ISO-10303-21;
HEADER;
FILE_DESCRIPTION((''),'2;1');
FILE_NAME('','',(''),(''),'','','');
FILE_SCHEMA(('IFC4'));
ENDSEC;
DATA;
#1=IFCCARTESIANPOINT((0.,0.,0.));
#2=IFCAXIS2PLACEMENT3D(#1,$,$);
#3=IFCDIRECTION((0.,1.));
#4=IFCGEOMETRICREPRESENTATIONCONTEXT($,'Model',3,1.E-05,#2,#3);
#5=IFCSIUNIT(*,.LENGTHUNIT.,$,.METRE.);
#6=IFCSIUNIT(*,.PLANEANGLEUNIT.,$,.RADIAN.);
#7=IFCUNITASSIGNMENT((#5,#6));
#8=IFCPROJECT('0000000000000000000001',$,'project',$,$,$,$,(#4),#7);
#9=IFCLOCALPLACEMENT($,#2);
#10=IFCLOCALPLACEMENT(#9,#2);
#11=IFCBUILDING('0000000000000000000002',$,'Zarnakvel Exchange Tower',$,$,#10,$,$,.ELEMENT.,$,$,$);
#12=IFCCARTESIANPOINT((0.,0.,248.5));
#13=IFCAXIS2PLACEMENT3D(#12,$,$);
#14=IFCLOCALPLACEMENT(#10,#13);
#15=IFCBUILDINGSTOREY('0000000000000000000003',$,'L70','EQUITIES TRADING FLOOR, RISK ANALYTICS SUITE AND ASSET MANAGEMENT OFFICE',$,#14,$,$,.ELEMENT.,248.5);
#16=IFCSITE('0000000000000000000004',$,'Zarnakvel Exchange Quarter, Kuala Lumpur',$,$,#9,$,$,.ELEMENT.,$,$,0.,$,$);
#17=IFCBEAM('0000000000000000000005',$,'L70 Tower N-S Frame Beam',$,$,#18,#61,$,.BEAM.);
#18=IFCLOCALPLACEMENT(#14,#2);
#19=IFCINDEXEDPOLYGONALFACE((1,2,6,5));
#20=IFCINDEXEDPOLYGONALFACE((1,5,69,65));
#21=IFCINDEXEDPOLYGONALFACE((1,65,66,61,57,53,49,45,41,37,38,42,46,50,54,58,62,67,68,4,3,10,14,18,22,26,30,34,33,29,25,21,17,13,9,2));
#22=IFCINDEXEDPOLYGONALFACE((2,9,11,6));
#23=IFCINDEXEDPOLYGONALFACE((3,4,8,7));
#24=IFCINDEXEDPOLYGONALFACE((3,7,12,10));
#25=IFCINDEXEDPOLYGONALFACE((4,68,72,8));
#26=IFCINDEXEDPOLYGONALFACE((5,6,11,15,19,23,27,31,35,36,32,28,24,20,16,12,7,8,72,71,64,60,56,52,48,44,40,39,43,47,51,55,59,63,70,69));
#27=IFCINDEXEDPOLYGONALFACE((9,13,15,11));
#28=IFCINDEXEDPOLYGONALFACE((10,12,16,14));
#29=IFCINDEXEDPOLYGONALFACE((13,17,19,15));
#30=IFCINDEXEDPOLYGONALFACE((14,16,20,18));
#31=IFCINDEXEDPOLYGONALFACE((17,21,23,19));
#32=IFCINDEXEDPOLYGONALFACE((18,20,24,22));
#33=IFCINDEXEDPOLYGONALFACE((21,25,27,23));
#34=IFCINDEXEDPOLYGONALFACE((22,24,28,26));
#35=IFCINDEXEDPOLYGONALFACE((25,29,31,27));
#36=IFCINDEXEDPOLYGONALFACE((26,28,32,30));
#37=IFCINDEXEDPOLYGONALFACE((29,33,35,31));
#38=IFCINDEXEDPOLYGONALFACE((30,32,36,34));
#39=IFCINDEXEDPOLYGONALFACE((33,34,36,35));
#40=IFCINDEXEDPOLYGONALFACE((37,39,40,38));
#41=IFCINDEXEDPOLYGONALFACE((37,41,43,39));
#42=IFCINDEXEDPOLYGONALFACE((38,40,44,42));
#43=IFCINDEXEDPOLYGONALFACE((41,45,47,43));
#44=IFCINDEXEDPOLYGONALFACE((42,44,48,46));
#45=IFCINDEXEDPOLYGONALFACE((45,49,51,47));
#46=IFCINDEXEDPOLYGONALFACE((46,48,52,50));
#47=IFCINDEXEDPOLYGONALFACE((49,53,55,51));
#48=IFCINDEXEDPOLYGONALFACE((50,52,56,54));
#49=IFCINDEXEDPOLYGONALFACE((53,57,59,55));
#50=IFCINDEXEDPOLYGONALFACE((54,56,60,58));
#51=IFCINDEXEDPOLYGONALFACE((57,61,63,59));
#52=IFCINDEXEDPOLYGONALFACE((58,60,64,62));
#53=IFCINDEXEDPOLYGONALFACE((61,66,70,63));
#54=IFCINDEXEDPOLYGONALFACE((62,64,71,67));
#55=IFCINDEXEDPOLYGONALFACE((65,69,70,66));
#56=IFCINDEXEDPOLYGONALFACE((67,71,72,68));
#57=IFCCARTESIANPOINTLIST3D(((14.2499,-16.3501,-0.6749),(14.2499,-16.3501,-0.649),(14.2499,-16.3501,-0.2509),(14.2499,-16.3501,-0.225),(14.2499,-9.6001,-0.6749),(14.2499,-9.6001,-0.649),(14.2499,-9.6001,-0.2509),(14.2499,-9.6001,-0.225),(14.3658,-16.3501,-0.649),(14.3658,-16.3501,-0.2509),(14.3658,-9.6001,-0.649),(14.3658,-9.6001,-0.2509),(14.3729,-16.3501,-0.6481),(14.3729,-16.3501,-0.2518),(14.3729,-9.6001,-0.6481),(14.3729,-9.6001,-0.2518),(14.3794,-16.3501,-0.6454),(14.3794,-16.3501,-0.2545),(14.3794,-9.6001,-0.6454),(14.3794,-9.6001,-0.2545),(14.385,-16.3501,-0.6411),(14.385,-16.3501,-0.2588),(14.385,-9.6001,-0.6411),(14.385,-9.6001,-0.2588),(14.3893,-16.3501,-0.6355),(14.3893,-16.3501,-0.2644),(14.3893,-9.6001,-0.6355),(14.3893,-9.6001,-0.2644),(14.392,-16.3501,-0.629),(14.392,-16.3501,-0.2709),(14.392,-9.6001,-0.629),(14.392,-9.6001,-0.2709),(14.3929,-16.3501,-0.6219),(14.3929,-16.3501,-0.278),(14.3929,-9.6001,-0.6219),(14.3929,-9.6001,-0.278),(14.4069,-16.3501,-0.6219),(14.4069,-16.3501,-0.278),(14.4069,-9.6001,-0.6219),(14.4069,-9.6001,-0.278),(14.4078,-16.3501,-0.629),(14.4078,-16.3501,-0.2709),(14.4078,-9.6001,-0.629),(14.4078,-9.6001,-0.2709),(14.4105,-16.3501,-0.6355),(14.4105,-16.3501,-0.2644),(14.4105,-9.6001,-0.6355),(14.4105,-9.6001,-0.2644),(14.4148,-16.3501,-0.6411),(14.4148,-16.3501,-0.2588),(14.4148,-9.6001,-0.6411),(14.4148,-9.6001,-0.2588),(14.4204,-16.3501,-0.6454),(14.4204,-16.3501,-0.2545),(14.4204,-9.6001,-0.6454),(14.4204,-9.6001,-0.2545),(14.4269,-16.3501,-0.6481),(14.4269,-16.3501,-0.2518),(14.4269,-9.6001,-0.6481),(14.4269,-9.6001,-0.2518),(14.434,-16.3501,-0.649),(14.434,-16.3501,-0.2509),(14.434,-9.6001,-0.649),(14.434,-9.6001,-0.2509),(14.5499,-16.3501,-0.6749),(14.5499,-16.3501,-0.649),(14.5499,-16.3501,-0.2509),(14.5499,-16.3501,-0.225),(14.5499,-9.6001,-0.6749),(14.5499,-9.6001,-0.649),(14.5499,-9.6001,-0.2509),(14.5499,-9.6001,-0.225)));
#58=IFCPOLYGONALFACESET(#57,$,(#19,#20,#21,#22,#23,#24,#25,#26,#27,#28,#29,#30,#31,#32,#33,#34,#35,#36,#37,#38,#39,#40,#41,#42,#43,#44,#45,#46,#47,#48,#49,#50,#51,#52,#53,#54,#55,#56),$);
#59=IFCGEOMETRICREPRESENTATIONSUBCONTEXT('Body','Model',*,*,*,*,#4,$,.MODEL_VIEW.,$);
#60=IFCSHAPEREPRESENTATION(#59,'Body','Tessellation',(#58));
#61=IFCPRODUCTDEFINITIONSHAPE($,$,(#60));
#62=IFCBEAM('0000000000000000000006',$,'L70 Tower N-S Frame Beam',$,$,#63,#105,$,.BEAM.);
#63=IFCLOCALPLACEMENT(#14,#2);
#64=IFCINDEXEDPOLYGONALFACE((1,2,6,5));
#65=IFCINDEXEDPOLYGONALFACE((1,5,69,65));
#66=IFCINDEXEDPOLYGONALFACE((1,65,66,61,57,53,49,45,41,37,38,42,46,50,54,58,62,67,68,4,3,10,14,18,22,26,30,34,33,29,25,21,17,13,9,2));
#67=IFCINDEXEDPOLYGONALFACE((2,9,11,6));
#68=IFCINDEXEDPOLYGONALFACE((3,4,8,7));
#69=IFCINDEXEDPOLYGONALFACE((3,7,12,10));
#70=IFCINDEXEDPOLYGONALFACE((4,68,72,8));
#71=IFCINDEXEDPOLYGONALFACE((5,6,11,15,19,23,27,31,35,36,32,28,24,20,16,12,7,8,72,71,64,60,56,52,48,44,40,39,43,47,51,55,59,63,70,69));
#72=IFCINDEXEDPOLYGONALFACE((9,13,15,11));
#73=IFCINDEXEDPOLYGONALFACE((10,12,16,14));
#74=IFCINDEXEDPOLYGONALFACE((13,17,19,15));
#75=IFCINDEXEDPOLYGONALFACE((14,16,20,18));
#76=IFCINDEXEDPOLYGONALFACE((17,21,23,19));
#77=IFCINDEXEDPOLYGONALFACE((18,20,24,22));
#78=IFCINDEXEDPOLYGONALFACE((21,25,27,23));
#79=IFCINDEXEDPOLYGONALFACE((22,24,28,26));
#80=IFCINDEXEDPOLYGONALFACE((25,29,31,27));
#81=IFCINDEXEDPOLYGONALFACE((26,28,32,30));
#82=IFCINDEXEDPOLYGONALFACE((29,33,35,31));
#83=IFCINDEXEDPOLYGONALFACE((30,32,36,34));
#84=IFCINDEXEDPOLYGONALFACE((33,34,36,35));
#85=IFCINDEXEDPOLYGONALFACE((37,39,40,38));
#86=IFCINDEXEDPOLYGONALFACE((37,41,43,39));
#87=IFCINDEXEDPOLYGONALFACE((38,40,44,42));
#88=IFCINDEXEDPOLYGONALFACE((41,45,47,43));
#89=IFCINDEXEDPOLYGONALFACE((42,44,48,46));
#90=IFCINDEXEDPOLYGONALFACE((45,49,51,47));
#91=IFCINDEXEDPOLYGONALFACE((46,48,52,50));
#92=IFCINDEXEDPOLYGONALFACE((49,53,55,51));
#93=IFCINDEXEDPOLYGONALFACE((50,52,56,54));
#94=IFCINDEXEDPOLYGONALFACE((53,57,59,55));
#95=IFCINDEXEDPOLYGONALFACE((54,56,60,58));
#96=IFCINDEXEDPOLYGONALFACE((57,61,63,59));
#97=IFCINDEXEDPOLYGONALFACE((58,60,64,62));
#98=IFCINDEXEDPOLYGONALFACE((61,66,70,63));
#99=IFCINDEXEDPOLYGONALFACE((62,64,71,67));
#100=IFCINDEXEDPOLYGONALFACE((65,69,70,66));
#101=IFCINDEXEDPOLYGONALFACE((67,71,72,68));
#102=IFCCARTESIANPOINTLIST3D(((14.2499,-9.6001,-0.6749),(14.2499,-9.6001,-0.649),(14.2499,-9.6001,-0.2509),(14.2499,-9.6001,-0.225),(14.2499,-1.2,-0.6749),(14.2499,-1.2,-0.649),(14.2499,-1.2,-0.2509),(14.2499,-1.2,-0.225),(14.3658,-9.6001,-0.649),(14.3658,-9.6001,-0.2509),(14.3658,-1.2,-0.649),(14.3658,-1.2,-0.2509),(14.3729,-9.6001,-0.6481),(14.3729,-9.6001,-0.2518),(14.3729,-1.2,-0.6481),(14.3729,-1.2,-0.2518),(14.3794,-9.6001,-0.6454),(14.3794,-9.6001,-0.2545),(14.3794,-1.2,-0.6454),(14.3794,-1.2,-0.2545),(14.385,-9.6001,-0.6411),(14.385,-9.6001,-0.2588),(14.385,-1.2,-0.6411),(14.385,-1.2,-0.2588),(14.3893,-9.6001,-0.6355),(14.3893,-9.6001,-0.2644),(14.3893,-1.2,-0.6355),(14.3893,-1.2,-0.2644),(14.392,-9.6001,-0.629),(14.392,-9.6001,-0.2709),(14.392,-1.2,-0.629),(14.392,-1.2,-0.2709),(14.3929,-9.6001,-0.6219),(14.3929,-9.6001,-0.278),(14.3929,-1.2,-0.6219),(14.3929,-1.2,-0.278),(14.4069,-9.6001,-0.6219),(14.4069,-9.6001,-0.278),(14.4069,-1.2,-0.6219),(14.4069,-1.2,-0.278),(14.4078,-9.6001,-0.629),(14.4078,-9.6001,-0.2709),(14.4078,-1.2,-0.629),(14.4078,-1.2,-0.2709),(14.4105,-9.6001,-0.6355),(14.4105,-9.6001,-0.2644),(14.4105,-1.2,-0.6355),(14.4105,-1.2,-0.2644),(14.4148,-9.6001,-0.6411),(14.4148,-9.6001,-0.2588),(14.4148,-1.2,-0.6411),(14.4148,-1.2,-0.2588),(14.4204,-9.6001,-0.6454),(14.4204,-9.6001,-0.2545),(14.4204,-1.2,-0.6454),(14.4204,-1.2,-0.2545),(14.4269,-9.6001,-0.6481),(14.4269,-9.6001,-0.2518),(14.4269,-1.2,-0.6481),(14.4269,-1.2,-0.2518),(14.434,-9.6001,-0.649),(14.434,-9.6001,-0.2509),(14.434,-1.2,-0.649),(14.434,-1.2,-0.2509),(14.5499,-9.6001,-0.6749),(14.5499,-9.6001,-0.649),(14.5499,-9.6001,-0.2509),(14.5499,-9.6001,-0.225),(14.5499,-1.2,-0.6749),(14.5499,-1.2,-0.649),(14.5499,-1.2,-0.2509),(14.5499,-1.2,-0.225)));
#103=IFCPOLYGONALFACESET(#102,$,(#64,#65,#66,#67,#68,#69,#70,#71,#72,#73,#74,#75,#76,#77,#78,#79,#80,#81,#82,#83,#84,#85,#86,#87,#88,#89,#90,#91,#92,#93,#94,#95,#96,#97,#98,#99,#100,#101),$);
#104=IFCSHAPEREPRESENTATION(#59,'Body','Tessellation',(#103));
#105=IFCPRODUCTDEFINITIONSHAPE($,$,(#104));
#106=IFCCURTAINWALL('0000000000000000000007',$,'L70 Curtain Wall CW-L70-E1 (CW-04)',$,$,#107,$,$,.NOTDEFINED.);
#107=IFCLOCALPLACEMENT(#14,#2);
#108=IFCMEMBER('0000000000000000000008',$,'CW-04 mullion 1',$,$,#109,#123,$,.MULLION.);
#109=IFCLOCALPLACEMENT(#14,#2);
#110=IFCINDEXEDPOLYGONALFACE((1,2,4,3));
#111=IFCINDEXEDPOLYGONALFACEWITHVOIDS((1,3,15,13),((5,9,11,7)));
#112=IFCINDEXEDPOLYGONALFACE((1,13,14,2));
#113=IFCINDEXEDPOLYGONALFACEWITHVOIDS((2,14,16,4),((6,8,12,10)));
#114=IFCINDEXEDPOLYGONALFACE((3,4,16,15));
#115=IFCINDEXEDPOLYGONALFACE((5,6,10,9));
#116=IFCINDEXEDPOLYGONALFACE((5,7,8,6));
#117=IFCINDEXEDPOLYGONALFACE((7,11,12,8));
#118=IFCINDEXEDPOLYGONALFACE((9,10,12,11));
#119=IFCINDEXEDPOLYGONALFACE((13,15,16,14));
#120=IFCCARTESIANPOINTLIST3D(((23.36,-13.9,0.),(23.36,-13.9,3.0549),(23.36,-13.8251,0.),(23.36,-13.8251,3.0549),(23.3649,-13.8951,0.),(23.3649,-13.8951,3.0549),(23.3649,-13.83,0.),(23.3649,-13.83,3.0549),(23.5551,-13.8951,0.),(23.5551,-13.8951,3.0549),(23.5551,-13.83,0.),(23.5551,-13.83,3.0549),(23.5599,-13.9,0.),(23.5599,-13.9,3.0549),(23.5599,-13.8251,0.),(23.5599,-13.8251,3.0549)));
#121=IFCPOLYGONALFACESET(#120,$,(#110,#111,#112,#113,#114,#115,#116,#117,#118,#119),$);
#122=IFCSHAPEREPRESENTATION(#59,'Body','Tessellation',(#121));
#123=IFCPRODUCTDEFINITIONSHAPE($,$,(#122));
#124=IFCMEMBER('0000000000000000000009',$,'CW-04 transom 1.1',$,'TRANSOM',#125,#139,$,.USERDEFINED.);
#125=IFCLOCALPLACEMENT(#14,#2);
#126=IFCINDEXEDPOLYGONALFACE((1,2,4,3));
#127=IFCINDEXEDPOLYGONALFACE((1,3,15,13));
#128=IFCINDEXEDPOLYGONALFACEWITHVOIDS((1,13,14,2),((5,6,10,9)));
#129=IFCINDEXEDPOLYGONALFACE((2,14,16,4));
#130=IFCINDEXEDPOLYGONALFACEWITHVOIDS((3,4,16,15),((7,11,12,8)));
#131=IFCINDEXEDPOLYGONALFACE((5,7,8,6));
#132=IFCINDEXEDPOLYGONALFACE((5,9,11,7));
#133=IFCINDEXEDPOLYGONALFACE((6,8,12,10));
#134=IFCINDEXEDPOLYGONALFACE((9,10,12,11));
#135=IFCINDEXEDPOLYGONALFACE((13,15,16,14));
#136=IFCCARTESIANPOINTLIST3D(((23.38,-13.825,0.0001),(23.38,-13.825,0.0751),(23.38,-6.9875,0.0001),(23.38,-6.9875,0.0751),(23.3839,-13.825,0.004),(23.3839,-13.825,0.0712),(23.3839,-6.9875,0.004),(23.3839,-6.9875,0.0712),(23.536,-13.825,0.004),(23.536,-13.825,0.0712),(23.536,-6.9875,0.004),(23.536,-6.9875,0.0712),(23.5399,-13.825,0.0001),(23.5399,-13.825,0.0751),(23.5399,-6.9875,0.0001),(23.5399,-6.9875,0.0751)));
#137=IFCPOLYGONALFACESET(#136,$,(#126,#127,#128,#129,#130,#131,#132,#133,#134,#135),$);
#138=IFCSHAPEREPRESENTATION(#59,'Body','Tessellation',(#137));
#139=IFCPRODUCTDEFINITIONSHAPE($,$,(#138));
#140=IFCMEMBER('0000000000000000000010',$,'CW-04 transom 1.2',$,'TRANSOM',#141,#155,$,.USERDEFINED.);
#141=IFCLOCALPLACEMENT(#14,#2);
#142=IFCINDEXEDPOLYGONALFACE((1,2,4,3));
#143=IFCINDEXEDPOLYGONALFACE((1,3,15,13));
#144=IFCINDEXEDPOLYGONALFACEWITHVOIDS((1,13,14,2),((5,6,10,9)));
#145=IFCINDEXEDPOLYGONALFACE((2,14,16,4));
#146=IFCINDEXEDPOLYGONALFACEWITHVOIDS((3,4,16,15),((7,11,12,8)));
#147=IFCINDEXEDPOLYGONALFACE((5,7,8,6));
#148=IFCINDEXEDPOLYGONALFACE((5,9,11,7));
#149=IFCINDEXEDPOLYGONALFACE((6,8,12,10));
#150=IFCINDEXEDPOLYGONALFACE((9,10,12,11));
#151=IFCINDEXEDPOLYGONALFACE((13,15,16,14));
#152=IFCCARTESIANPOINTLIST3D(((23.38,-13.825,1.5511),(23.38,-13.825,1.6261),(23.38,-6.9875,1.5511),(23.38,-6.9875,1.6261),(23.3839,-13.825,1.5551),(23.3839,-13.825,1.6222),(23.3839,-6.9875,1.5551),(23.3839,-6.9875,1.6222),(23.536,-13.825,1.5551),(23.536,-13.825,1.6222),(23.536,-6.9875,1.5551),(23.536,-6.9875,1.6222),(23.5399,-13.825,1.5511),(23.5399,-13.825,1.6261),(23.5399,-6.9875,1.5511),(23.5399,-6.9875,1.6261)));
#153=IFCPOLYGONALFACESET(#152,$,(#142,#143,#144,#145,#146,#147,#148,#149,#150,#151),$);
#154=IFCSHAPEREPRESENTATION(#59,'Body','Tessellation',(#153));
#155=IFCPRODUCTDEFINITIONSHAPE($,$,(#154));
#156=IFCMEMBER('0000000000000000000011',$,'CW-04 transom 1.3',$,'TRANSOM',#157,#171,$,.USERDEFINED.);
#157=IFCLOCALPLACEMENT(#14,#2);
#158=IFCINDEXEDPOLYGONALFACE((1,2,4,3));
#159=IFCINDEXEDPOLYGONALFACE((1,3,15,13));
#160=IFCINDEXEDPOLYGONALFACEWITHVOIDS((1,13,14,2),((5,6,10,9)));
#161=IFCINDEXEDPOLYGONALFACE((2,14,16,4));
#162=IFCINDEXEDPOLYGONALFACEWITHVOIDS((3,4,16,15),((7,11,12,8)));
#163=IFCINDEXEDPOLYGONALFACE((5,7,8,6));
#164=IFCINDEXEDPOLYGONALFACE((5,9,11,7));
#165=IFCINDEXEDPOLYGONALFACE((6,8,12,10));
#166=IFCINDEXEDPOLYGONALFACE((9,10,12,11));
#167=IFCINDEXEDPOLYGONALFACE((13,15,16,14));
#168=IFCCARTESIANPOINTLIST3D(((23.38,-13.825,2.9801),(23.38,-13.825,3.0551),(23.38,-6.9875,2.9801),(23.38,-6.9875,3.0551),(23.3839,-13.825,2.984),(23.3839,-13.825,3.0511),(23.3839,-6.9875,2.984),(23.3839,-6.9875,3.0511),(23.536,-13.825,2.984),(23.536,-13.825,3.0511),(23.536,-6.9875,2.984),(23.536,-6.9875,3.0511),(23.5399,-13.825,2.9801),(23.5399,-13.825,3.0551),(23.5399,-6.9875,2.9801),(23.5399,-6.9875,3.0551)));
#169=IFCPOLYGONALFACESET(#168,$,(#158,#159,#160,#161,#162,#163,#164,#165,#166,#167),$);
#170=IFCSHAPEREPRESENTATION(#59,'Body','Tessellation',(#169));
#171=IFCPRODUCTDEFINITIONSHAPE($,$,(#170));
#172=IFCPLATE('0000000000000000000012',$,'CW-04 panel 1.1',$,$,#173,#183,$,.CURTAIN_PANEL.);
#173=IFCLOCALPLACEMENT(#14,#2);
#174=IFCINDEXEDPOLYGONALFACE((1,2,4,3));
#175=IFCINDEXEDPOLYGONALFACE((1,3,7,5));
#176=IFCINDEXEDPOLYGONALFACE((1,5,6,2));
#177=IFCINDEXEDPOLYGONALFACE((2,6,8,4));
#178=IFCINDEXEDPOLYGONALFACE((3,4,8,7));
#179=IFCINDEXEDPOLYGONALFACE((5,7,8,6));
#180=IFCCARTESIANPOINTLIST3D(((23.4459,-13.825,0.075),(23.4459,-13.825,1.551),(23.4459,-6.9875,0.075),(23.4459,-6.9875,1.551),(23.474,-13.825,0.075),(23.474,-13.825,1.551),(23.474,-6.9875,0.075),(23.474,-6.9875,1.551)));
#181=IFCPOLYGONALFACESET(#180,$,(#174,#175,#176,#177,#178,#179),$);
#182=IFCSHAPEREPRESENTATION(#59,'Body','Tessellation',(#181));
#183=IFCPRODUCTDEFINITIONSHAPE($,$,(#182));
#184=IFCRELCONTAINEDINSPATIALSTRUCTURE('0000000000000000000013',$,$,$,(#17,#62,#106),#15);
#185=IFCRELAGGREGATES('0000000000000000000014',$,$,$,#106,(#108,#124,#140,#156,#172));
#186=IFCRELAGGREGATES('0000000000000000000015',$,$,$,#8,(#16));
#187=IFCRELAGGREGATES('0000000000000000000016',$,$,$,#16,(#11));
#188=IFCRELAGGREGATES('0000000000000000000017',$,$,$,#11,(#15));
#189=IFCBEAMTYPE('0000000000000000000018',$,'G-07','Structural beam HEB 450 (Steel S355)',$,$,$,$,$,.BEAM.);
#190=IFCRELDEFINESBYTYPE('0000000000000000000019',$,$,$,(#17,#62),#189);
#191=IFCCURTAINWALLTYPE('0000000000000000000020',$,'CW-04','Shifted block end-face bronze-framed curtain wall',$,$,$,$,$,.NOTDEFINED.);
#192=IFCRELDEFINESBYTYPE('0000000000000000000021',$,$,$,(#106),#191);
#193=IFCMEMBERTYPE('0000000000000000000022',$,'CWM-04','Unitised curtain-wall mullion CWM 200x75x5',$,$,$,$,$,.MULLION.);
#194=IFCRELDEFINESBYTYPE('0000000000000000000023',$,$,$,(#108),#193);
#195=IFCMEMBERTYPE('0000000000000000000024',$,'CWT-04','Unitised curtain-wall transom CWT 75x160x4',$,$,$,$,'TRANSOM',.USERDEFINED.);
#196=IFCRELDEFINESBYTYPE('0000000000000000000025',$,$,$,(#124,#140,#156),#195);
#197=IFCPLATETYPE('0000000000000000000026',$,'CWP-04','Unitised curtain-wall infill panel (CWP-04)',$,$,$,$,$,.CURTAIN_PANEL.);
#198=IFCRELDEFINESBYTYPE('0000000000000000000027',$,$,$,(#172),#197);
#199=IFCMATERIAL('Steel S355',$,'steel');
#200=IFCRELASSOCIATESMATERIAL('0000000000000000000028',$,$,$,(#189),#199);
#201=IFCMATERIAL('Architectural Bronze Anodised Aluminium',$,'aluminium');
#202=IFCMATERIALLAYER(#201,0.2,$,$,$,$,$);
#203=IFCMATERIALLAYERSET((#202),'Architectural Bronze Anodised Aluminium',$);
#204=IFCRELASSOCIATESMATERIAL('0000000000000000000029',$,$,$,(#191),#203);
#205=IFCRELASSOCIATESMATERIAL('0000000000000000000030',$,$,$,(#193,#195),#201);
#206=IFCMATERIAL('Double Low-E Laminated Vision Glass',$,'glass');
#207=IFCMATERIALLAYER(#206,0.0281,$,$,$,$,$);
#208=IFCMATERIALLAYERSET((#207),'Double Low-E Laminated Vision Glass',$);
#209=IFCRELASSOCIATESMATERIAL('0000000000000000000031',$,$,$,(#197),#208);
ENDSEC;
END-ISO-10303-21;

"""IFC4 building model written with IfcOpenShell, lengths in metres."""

from ifc_helpers import new_model, si_unit, direction, frame, origin, origin_2d, place, context, subcontext, project, spatial, rectangle, hollow_rectangle, i_section, extrude, source, transform, mapped, material, layer, layer_set, material_profile, profile_set, type_object, element, aggregate, save


model = new_model("IFC4")

# Units and contexts
model_context = context("Model", 3, precision=1e-05, world=origin(), true_north=direction((0.0, 1.0)))
body_context = subcontext(model_context, "Body", "Model", "MODEL_VIEW")
ifc_project = project(units=[si_unit("LENGTHUNIT", "METRE"), si_unit("PLANEANGLEUNIT", "RADIAN")], contexts=[model_context])

# Site, building, storey
site_placement = place(None, origin())
site = spatial("IfcSite", under=ifc_project, at=site_placement, Name="Zarnakvel Exchange Quarter, Kuala Lumpur", CompositionType="ELEMENT", RefElevation=0.0)
building_placement = place(site_placement, origin())
building = spatial("IfcBuilding", under=site, at=building_placement, Name="Zarnakvel Exchange Tower", CompositionType="ELEMENT")
storey_placement = place(building_placement, frame((0.0, 0.0, 248.5)))
storey = spatial("IfcBuildingStorey", under=building, at=storey_placement, Name="L70", Description="EQUITIES TRADING FLOOR, RISK ANALYTICS SUITE AND ASSET MANAGEMENT OFFICE", CompositionType="ELEMENT", Elevation=248.5)

# Shared definitions
ifc_material_1 = material(Name="Steel S355", Category="steel")

# Beams
ifc_material_profile_1 = material_profile(ifc_material_1, i_section(OverallWidth=0.3, OverallDepth=0.45, WebThickness=0.0139, FlangeThickness=0.0259, FilletRadius=0.0271, at=origin_2d()))
ifc_profile_set_1 = profile_set([ifc_material_profile_1], Name="Steel S355")
beam_type_1 = type_object("IfcBeamType", Name="G-07", Description="Structural beam HEB 450 (Steel S355)", PredefinedType="BEAM", material=ifc_profile_set_1)
beam_1_placement = place(storey_placement, frame((14.3999, -16.3501, -0.45), z_axis=(0.0, 1.0, 0.0), x_axis=(-1.0, 0.0, 0.0)))
element("IfcBeam", 1, at=beam_1_placement, inside=storey, type_object=beam_type_1, Name="L70 Tower N-S Frame Beam", PredefinedType="BEAM", context=body_context, shape_type="SweptSolid", body=[
    extrude(i_section(OverallWidth=0.3, OverallDepth=0.45, WebThickness=0.0139, FlangeThickness=0.0259, FilletRadius=0.0271, at=origin_2d()), origin(), (0.0, 0.0, 1.0), 6.75),
])
beam_2_placement = place(storey_placement, frame((14.3999, -9.6001, -0.45), z_axis=(0.0, 1.0, 0.0), x_axis=(-1.0, 0.0, 0.0)))
element("IfcBeam", 2, at=beam_2_placement, inside=storey, type_object=beam_type_1, Name="L70 Tower N-S Frame Beam", PredefinedType="BEAM", context=body_context, shape_type="SweptSolid", body=[
    extrude(i_section(OverallWidth=0.3, OverallDepth=0.45, WebThickness=0.0139, FlangeThickness=0.0259, FilletRadius=0.0271, at=origin_2d()), origin(), (0.0, 0.0, 1.0), 8.4001),
])

# Curtain wall, members, plate
ifc_material_2 = material(Name="Architectural Bronze Anodised Aluminium", Category="aluminium")
ifc_layer_1 = layer(ifc_material_2, 0.2)
ifc_layer_set_1 = layer_set([ifc_layer_1], Name="Architectural Bronze Anodised Aluminium")
curtain_wall_type = type_object("IfcCurtainWallType", Name="CW-04", Description="Shifted block end-face bronze-framed curtain wall", PredefinedType="NOTDEFINED", material=ifc_layer_set_1)
curtain_wall_placement = place(storey_placement, origin())
curtain_wall = element("IfcCurtainWall", 3, at=curtain_wall_placement, inside=storey, type_object=curtain_wall_type, Name="L70 Curtain Wall CW-L70-E1 (CW-04)", PredefinedType="NOTDEFINED")
ifc_material_profile_2 = material_profile(ifc_material_2, hollow_rectangle(XDim=0.2, YDim=0.075, WallThickness=0.0049, at=origin_2d()))
ifc_profile_set_2 = profile_set([ifc_material_profile_2], Name="Architectural Bronze Anodised Aluminium")
member_type_1 = type_object("IfcMemberType", Name="CWM-04", Description="Unitised curtain-wall mullion CWM 200x75x5", PredefinedType="MULLION", material=ifc_profile_set_2)
shared_shape_1 = source(origin(), body_context, "Body", "SweptSolid", [
    extrude(hollow_rectangle(XDim=0.2, YDim=0.075, WallThickness=0.0049, at=origin_2d()), origin(), (0.0, 0.0, 1.0), 3.0549),
])
member_1_placement = place(storey_placement, frame((23.46, -13.8625, 0.0), z_axis=(0.0, 0.0, 1.0), x_axis=(-1.0, 0.0, 0.0)))
member_1 = element("IfcMember", 4, at=member_1_placement, type_object=member_type_1, Name="CW-04 mullion 1", PredefinedType="MULLION", context=body_context, shape_type="MappedRepresentation", body=[
    mapped(shared_shape_1, transform((0.0, 0.0, 0.0), x_axis=(1.0, 0.0, 0.0), y_axis=(0.0, 1.0, 0.0), z_axis=(0.0, 0.0, 1.0), scale=1.0)),
])
ifc_material_profile_3 = material_profile(ifc_material_2, hollow_rectangle(XDim=0.1599, YDim=0.075, WallThickness=0.0039, at=origin_2d()))
ifc_profile_set_3 = profile_set([ifc_material_profile_3], Name="Architectural Bronze Anodised Aluminium")
member_type_2 = type_object("IfcMemberType", Name="CWT-04", Description="Unitised curtain-wall transom CWT 75x160x4", ElementType="TRANSOM", PredefinedType="USERDEFINED", material=ifc_profile_set_3)
shared_shape_2 = source(origin(), body_context, "Body", "SweptSolid", [
    extrude(hollow_rectangle(XDim=0.1599, YDim=0.075, WallThickness=0.0039, at=origin_2d()), origin(), (0.0, 0.0, 1.0), 6.8374),
])
member_2_placement = place(storey_placement, frame((23.46, -13.825, 0.0376), z_axis=(0.0, 1.0, 0.0), x_axis=(-1.0, 0.0, 0.0)))
member_2 = element("IfcMember", 5, at=member_2_placement, type_object=member_type_2, Name="CW-04 transom 1.1", ObjectType="TRANSOM", PredefinedType="USERDEFINED", context=body_context, shape_type="MappedRepresentation", body=[
    mapped(shared_shape_2, transform((0.0, 0.0, 0.0), x_axis=(1.0, 0.0, 0.0), y_axis=(0.0, 1.0, 0.0), z_axis=(0.0, 0.0, 1.0), scale=1.0)),
])
member_3_placement = place(storey_placement, frame((23.46, -13.825, 1.5886), z_axis=(0.0, 1.0, 0.0), x_axis=(-1.0, 0.0, 0.0)))
member_3 = element("IfcMember", 6, at=member_3_placement, type_object=member_type_2, Name="CW-04 transom 1.2", ObjectType="TRANSOM", PredefinedType="USERDEFINED", context=body_context, shape_type="MappedRepresentation", body=[
    mapped(shared_shape_2, transform((0.0, 0.0, 0.0), x_axis=(1.0, 0.0, 0.0), y_axis=(0.0, 1.0, 0.0), z_axis=(0.0, 0.0, 1.0), scale=1.0)),
])
member_4_placement = place(storey_placement, frame((23.46, -13.825, 3.0176), z_axis=(0.0, 1.0, 0.0), x_axis=(-1.0, 0.0, 0.0)))
member_4 = element("IfcMember", 7, at=member_4_placement, type_object=member_type_2, Name="CW-04 transom 1.3", ObjectType="TRANSOM", PredefinedType="USERDEFINED", context=body_context, shape_type="MappedRepresentation", body=[
    mapped(shared_shape_2, transform((0.0, 0.0, 0.0), x_axis=(1.0, 0.0, 0.0), y_axis=(0.0, 1.0, 0.0), z_axis=(0.0, 0.0, 1.0), scale=1.0)),
])
ifc_material_3 = material(Name="Double Low-E Laminated Vision Glass", Category="glass")
ifc_layer_2 = layer(ifc_material_3, 0.0281)
ifc_layer_set_2 = layer_set([ifc_layer_2], Name="Double Low-E Laminated Vision Glass")
plate_type = type_object("IfcPlateType", Name="CWP-04", Description="Unitised curtain-wall infill panel (CWP-04)", PredefinedType="CURTAIN_PANEL", material=ifc_layer_set_2)
shared_shape_3 = source(origin(), body_context, "Body", "SweptSolid", [
    extrude(rectangle(XDim=6.8374, YDim=0.0281, at=origin_2d()), origin(), (0.0, 0.0, 1.0), 1.4761),
])
plate_1_placement = place(storey_placement, frame((23.46, -10.4062, 0.075), z_axis=(0.0, 0.0, 1.0), x_axis=(0.0, 1.0, 0.0)))
plate_1 = element("IfcPlate", 8, at=plate_1_placement, type_object=plate_type, Name="CW-04 panel 1.1", PredefinedType="CURTAIN_PANEL", context=body_context, shape_type="MappedRepresentation", body=[
    mapped(shared_shape_3, transform((0.0, 0.0, 0.0), x_axis=(1.0, 0.0, 0.0), y_axis=(0.0, 1.0, 0.0), z_axis=(0.0, 0.0, 1.0), scale=1.0)),
])
aggregate(curtain_wall, [member_1, member_2, member_3, member_4, plate_1])

save(model, "model.ifc")
